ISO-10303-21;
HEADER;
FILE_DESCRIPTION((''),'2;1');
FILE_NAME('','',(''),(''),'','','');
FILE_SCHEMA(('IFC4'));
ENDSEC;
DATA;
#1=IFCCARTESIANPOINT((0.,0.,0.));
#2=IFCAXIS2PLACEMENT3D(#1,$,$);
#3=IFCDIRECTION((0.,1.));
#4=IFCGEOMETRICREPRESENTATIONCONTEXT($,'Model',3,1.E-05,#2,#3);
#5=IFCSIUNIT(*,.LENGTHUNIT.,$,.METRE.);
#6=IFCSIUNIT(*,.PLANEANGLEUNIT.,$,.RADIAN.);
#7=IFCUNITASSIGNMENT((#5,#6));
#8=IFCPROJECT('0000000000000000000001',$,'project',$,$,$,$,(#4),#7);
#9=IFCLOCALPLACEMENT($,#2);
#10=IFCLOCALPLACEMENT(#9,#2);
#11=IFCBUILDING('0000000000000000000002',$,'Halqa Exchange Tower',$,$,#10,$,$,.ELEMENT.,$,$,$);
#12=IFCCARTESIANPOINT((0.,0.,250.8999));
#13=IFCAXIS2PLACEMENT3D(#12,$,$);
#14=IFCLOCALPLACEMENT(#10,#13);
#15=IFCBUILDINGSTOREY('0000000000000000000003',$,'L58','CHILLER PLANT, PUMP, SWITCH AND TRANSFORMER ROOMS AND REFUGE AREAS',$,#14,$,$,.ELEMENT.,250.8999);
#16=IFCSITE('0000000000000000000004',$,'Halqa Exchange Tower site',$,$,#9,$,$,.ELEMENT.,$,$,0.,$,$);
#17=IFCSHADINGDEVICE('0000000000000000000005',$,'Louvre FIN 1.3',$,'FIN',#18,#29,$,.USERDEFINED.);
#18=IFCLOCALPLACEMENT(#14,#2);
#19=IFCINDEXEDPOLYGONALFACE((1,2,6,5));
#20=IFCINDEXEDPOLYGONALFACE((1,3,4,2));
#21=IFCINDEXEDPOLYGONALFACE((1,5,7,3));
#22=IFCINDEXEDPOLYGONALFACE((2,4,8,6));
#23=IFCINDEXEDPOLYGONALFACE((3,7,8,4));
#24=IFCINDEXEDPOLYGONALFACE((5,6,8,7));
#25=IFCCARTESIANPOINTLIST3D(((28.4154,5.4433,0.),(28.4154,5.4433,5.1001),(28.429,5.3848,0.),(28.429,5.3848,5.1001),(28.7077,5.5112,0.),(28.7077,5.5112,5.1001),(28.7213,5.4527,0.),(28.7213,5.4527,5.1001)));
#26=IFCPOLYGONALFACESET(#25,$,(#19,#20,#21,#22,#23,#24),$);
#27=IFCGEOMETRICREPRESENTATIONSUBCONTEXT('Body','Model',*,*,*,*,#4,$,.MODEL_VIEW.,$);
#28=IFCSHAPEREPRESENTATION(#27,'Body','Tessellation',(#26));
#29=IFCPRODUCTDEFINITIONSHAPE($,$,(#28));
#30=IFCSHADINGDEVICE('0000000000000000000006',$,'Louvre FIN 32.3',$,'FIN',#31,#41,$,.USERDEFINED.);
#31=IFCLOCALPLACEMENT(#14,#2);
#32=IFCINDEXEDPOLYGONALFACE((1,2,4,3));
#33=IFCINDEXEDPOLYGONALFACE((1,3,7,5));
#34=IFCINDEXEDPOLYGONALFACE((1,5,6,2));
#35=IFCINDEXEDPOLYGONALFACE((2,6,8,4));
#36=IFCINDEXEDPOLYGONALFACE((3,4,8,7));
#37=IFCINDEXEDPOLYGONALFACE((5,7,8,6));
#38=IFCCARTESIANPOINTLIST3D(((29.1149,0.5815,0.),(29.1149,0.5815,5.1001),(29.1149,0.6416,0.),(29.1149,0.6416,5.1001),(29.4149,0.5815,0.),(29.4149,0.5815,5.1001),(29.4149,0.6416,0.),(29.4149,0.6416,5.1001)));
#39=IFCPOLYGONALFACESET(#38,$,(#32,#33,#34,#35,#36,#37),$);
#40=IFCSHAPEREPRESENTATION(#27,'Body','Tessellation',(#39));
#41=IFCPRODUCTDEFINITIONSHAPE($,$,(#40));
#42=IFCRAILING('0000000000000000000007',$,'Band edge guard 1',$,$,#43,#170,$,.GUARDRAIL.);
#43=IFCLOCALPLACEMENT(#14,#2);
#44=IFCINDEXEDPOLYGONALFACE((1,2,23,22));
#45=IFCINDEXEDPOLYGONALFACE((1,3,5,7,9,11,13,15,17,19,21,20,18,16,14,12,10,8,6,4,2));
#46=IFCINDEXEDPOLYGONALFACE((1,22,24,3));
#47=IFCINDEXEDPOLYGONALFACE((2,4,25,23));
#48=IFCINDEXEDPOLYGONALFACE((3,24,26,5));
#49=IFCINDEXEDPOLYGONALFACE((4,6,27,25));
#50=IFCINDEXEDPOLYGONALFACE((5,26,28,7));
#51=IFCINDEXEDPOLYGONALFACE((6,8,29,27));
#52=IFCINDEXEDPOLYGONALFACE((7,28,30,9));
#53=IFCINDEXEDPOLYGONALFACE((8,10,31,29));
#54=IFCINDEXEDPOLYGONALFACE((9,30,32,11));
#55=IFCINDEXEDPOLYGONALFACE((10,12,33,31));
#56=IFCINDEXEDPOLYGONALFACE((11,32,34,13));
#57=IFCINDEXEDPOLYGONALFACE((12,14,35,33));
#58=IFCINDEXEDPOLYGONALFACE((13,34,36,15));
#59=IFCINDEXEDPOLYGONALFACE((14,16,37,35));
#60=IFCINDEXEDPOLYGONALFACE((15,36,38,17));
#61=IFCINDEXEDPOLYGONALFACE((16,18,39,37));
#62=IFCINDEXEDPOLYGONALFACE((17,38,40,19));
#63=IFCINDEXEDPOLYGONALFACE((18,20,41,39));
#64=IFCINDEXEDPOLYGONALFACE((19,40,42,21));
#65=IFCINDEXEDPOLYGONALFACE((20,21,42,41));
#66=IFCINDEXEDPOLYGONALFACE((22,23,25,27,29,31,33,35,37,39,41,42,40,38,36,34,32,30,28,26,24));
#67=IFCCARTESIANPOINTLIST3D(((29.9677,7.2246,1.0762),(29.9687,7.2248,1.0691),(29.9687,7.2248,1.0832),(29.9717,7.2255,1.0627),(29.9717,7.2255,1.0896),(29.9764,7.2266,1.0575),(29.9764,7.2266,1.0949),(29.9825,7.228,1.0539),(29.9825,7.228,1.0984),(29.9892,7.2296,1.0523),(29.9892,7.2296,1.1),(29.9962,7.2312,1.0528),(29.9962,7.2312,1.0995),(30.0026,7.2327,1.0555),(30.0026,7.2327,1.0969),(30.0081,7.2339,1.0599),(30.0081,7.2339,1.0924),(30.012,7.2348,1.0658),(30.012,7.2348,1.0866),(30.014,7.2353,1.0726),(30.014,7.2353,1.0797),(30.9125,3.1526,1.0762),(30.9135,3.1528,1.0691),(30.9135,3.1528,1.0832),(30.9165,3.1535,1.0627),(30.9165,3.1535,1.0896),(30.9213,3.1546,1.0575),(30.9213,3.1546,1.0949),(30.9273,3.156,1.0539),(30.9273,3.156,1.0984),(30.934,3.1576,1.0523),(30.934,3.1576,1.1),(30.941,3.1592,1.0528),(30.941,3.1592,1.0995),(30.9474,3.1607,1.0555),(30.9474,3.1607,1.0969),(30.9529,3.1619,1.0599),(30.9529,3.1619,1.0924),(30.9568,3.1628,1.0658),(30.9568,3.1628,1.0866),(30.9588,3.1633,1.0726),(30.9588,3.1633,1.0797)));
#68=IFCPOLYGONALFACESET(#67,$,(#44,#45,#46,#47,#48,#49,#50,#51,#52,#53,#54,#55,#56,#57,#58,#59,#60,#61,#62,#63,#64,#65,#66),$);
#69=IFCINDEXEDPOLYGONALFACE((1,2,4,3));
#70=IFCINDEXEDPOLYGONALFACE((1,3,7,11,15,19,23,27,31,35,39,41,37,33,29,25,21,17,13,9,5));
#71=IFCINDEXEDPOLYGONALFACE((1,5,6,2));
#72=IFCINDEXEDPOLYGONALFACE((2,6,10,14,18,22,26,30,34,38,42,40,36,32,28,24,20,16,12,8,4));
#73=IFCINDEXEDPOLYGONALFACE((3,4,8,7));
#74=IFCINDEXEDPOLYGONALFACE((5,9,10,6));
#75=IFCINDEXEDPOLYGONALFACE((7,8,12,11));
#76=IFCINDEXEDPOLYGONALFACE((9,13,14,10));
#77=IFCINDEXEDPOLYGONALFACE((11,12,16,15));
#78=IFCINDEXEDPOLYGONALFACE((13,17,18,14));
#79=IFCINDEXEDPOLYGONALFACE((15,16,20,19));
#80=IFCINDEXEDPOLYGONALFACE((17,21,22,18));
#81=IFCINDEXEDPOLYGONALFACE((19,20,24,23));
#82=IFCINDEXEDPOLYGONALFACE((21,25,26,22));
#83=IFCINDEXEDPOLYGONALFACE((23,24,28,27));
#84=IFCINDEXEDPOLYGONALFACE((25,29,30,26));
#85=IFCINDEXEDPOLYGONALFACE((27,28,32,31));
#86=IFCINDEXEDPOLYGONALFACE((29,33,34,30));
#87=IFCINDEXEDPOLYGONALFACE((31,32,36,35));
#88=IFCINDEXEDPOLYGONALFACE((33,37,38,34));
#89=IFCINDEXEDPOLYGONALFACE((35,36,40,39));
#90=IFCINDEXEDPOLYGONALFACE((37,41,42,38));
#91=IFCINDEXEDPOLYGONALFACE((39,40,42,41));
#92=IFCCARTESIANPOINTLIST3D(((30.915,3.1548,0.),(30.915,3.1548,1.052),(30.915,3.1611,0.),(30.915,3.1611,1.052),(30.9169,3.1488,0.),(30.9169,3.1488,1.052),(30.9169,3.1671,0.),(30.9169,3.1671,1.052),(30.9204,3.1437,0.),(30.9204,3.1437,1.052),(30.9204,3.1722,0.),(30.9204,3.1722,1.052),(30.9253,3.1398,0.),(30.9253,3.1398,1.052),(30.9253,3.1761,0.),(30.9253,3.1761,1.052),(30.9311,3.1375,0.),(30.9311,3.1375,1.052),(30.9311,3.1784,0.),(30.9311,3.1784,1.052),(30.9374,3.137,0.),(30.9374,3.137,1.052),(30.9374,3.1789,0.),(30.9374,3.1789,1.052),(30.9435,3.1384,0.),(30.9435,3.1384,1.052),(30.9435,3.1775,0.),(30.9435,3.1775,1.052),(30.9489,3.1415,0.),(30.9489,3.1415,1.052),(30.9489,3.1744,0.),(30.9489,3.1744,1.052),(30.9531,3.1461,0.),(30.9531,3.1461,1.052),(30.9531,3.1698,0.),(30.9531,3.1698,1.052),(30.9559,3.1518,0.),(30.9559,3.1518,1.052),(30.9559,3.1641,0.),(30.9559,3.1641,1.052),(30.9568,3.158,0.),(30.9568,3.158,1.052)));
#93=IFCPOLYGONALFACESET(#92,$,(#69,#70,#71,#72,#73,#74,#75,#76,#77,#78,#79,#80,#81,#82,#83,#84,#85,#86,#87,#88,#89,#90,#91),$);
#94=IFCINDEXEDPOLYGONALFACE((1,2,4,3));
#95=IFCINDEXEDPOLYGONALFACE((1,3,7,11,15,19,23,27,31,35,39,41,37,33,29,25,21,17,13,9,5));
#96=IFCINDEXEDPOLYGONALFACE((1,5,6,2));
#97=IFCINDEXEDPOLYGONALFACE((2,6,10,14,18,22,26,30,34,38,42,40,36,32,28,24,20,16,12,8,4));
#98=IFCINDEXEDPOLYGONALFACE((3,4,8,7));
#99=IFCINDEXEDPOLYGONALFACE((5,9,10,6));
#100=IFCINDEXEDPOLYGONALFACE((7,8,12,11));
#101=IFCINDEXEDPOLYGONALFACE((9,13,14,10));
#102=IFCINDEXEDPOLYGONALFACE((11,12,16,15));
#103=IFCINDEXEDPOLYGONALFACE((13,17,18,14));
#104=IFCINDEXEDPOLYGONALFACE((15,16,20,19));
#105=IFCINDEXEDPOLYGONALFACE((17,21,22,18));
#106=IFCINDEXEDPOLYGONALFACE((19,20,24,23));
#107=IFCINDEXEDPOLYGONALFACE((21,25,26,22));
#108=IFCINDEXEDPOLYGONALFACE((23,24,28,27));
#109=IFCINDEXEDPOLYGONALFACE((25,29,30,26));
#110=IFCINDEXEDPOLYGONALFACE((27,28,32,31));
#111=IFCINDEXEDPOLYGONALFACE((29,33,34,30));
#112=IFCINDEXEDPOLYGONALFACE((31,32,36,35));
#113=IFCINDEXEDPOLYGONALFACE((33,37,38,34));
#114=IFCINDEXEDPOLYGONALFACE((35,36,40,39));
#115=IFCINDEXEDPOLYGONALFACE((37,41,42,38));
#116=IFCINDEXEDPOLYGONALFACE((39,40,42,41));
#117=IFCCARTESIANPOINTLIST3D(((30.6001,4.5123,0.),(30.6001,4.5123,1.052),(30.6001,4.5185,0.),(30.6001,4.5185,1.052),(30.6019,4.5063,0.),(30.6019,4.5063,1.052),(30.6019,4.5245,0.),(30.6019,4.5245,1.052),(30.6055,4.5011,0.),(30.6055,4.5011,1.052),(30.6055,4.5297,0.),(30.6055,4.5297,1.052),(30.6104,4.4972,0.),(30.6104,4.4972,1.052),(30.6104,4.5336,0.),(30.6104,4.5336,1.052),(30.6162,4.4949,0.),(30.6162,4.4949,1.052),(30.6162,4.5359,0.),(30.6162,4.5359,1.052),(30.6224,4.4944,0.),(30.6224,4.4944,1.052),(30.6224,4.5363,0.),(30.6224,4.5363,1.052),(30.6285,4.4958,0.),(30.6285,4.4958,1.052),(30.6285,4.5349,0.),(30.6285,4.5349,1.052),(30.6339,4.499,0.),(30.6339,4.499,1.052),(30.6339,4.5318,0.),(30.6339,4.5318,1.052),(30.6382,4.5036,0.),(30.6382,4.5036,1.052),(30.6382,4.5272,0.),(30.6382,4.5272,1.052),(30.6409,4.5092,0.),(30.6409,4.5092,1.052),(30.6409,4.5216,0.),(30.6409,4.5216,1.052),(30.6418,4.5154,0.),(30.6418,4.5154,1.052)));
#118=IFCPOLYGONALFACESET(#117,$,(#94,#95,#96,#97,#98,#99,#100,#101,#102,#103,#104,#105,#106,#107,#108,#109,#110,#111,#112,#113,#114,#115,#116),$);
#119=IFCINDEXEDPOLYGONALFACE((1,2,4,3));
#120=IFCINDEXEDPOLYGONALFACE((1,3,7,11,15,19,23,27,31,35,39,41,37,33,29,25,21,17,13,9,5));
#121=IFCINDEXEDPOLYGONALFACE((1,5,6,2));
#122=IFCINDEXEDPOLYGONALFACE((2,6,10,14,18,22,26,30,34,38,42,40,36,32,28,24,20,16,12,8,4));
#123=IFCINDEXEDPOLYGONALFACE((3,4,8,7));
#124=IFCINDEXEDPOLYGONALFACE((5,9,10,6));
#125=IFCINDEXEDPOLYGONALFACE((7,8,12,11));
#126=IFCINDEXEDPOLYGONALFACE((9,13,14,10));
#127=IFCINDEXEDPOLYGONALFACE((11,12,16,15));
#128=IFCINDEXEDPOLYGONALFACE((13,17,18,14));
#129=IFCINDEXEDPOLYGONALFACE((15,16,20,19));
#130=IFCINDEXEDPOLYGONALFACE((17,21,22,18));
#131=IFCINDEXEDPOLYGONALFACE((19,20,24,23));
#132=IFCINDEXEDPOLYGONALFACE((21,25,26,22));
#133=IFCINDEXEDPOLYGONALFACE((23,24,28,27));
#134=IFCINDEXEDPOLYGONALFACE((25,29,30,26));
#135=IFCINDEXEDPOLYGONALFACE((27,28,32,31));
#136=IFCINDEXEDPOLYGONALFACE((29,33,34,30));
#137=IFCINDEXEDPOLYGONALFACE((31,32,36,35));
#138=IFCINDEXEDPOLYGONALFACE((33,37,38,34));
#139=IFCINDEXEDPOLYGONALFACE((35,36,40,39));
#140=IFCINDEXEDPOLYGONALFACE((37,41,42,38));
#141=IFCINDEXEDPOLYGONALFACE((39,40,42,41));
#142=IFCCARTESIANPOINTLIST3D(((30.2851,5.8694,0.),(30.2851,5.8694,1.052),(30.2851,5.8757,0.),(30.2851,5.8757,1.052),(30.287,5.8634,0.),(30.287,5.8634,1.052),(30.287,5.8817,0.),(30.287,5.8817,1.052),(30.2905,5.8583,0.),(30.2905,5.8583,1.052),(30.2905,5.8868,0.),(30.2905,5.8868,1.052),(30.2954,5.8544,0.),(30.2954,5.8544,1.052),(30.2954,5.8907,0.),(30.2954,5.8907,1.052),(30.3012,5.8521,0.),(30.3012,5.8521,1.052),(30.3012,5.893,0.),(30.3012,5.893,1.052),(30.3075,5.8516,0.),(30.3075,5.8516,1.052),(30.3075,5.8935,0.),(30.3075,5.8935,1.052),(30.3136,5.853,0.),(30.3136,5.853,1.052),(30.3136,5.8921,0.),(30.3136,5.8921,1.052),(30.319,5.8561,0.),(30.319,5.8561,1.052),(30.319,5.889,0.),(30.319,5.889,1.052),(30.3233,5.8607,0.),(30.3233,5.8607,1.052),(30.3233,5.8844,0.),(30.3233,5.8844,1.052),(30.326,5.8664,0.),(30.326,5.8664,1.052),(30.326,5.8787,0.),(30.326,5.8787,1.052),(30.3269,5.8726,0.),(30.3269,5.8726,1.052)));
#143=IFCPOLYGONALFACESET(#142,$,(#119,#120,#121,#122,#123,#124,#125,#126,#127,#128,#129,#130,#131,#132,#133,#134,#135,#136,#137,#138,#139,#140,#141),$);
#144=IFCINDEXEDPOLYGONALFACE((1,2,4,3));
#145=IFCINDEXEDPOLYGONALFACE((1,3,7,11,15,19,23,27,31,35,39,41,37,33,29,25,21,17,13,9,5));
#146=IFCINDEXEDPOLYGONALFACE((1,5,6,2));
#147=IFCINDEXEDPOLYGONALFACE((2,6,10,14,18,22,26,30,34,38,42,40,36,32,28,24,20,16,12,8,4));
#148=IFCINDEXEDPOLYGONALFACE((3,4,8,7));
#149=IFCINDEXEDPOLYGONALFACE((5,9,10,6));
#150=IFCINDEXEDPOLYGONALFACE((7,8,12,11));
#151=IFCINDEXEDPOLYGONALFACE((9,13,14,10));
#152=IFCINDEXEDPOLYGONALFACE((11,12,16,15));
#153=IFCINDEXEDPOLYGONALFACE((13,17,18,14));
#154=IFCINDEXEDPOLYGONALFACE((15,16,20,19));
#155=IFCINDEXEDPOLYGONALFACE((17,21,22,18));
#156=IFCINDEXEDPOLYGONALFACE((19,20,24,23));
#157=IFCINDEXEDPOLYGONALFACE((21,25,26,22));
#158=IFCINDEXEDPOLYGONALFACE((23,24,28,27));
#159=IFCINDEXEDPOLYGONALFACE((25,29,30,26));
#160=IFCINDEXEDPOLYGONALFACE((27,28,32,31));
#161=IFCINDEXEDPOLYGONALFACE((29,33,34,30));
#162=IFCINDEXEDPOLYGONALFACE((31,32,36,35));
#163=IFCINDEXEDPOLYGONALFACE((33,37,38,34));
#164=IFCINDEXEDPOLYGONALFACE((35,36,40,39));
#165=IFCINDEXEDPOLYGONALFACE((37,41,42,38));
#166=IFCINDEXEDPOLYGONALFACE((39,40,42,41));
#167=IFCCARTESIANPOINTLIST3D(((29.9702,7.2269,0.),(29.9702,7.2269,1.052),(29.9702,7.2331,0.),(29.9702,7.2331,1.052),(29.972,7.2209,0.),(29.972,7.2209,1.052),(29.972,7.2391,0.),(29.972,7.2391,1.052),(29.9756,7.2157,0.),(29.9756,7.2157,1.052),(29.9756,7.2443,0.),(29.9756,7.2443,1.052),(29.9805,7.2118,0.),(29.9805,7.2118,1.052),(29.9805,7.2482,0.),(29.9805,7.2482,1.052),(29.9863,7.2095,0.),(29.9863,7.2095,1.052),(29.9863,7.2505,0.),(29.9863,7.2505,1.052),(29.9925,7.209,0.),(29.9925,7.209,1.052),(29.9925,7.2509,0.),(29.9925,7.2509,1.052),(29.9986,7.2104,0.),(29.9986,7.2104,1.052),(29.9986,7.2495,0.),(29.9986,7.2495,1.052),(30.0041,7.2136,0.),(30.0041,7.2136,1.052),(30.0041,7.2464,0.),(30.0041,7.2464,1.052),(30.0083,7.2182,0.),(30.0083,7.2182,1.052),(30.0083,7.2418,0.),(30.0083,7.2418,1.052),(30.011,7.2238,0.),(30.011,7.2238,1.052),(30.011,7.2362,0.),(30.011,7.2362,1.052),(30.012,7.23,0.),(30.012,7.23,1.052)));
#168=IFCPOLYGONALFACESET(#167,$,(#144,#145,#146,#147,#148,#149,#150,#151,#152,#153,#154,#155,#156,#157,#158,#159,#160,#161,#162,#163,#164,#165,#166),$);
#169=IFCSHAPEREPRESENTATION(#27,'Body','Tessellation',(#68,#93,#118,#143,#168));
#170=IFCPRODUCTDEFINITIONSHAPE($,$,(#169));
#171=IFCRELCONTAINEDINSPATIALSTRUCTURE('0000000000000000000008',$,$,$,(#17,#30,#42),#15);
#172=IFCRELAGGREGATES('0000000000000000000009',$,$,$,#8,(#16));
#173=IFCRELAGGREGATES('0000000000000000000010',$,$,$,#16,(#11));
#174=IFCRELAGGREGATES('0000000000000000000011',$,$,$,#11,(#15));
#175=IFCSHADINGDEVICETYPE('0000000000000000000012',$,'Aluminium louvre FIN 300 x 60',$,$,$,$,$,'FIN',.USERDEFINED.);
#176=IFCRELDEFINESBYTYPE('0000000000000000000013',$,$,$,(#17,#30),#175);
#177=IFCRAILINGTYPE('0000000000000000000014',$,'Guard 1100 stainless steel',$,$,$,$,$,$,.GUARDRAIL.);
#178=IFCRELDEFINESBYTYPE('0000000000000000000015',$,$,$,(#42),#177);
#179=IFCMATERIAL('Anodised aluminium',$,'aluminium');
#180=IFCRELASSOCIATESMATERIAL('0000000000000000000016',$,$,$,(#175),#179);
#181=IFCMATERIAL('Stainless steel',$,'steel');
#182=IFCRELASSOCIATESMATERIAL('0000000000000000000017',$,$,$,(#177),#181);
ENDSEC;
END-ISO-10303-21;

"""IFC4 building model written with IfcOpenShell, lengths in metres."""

from ifc_helpers import new_model, si_unit, direction, frame, origin, origin_2d, place, context, subcontext, project, spatial, rectangle, circle, extrude, material, material_profile, profile_set, type_object, element, save


model = new_model("IFC4")

# Units and contexts
model_context = context("Model", 3, precision=1e-05, world=origin(), true_north=direction((0.0, 1.0)))
body_context = subcontext(model_context, "Body", "Model", "MODEL_VIEW")
ifc_project = project(units=[si_unit("LENGTHUNIT", "METRE"), si_unit("PLANEANGLEUNIT", "RADIAN")], contexts=[model_context])

# Site, building, storey
site_placement = place(None, origin())
site = spatial("IfcSite", under=ifc_project, at=site_placement, Name="Halqa Exchange Tower site", CompositionType="ELEMENT", RefElevation=0.0)
building_placement = place(site_placement, origin())
building = spatial("IfcBuilding", under=site, at=building_placement, Name="Halqa Exchange Tower", CompositionType="ELEMENT")
storey_placement = place(building_placement, frame((0.0, 0.0, 250.8999)))
storey = spatial("IfcBuildingStorey", under=building, at=storey_placement, Name="L58", Description="CHILLER PLANT, PUMP, SWITCH AND TRANSFORMER ROOMS AND REFUGE AREAS", CompositionType="ELEMENT", Elevation=250.8999)

# Shading devices
ifc_material_1 = material(Name="Anodised aluminium", Category="aluminium")
ifc_material_profile_1 = material_profile(ifc_material_1, rectangle(XDim=0.3, YDim=0.0601, at=origin_2d()), Name="AL FIN 300x60")
ifc_profile_set_1 = profile_set([ifc_material_profile_1], Name="Anodised aluminium")
shading_device_type = type_object("IfcShadingDeviceType", Name="Aluminium louvre FIN 300 x 60", ElementType="FIN", PredefinedType="USERDEFINED", material=ifc_profile_set_1)
for number, where, z_axis, x_axis, name in (
    (1, (28.5684, 5.448, 0.0), (0.0, 0.0, 1.0), (-0.974113, -0.226061, 0.0), "Louvre FIN 1.3"),
    (2, (29.2649, 0.6116, 0.0), (0.0, 0.0, 1.0), (-1.0, 0.0, 0.0), "Louvre FIN 32.3"),
):
    element("IfcShadingDevice", number, at=place(storey_placement, frame(where, z_axis=z_axis, x_axis=x_axis)), inside=storey, type_object=shading_device_type, Name=name, ObjectType="FIN", PredefinedType="USERDEFINED", context=body_context, shape_type="SweptSolid", body=[
        extrude(rectangle(XDim=0.3, YDim=0.0601, at=origin_2d()), origin(), (0.0, 0.0, 1.0), 5.1001),
    ])

# Railing
ifc_material_2 = material(Name="Stainless steel", Category="steel")
railing_type = type_object("IfcRailingType", Name="Guard 1100 stainless steel", PredefinedType="GUARDRAIL", material=ifc_material_2)
railing_1_placement = place(storey_placement, frame((30.9358, 3.158, 0.0)))
element("IfcRailing", 3, at=railing_1_placement, inside=storey, type_object=railing_type, Name="Band edge guard 1", PredefinedType="GUARDRAIL", context=body_context, shape_type="SweptSolid", body=[
    extrude(circle(Radius=0.0239, at=origin_2d()), frame((0.0, 0.0, 1.0762), z_axis=(-0.226024, 0.974122, 0.0), x_axis=(-0.974122, -0.226024, 0.0)), (0.0, 0.0, 1.0), 4.1802),
    extrude(circle(Radius=0.021, at=origin_2d()), origin(), (0.0, 0.0, 1.0), 1.052),
    extrude(circle(Radius=0.021, at=origin_2d()), frame((-0.3149, 1.3574, 0.0)), (0.0, 0.0, 1.0), 1.052),
    extrude(circle(Radius=0.021, at=origin_2d()), frame((-0.6299, 2.7146, 0.0)), (0.0, 0.0, 1.0), 1.052),
    extrude(circle(Radius=0.021, at=origin_2d()), frame((-0.9448, 4.072, 0.0)), (0.0, 0.0, 1.0), 1.052),
])

save(model, "model.ifc")
